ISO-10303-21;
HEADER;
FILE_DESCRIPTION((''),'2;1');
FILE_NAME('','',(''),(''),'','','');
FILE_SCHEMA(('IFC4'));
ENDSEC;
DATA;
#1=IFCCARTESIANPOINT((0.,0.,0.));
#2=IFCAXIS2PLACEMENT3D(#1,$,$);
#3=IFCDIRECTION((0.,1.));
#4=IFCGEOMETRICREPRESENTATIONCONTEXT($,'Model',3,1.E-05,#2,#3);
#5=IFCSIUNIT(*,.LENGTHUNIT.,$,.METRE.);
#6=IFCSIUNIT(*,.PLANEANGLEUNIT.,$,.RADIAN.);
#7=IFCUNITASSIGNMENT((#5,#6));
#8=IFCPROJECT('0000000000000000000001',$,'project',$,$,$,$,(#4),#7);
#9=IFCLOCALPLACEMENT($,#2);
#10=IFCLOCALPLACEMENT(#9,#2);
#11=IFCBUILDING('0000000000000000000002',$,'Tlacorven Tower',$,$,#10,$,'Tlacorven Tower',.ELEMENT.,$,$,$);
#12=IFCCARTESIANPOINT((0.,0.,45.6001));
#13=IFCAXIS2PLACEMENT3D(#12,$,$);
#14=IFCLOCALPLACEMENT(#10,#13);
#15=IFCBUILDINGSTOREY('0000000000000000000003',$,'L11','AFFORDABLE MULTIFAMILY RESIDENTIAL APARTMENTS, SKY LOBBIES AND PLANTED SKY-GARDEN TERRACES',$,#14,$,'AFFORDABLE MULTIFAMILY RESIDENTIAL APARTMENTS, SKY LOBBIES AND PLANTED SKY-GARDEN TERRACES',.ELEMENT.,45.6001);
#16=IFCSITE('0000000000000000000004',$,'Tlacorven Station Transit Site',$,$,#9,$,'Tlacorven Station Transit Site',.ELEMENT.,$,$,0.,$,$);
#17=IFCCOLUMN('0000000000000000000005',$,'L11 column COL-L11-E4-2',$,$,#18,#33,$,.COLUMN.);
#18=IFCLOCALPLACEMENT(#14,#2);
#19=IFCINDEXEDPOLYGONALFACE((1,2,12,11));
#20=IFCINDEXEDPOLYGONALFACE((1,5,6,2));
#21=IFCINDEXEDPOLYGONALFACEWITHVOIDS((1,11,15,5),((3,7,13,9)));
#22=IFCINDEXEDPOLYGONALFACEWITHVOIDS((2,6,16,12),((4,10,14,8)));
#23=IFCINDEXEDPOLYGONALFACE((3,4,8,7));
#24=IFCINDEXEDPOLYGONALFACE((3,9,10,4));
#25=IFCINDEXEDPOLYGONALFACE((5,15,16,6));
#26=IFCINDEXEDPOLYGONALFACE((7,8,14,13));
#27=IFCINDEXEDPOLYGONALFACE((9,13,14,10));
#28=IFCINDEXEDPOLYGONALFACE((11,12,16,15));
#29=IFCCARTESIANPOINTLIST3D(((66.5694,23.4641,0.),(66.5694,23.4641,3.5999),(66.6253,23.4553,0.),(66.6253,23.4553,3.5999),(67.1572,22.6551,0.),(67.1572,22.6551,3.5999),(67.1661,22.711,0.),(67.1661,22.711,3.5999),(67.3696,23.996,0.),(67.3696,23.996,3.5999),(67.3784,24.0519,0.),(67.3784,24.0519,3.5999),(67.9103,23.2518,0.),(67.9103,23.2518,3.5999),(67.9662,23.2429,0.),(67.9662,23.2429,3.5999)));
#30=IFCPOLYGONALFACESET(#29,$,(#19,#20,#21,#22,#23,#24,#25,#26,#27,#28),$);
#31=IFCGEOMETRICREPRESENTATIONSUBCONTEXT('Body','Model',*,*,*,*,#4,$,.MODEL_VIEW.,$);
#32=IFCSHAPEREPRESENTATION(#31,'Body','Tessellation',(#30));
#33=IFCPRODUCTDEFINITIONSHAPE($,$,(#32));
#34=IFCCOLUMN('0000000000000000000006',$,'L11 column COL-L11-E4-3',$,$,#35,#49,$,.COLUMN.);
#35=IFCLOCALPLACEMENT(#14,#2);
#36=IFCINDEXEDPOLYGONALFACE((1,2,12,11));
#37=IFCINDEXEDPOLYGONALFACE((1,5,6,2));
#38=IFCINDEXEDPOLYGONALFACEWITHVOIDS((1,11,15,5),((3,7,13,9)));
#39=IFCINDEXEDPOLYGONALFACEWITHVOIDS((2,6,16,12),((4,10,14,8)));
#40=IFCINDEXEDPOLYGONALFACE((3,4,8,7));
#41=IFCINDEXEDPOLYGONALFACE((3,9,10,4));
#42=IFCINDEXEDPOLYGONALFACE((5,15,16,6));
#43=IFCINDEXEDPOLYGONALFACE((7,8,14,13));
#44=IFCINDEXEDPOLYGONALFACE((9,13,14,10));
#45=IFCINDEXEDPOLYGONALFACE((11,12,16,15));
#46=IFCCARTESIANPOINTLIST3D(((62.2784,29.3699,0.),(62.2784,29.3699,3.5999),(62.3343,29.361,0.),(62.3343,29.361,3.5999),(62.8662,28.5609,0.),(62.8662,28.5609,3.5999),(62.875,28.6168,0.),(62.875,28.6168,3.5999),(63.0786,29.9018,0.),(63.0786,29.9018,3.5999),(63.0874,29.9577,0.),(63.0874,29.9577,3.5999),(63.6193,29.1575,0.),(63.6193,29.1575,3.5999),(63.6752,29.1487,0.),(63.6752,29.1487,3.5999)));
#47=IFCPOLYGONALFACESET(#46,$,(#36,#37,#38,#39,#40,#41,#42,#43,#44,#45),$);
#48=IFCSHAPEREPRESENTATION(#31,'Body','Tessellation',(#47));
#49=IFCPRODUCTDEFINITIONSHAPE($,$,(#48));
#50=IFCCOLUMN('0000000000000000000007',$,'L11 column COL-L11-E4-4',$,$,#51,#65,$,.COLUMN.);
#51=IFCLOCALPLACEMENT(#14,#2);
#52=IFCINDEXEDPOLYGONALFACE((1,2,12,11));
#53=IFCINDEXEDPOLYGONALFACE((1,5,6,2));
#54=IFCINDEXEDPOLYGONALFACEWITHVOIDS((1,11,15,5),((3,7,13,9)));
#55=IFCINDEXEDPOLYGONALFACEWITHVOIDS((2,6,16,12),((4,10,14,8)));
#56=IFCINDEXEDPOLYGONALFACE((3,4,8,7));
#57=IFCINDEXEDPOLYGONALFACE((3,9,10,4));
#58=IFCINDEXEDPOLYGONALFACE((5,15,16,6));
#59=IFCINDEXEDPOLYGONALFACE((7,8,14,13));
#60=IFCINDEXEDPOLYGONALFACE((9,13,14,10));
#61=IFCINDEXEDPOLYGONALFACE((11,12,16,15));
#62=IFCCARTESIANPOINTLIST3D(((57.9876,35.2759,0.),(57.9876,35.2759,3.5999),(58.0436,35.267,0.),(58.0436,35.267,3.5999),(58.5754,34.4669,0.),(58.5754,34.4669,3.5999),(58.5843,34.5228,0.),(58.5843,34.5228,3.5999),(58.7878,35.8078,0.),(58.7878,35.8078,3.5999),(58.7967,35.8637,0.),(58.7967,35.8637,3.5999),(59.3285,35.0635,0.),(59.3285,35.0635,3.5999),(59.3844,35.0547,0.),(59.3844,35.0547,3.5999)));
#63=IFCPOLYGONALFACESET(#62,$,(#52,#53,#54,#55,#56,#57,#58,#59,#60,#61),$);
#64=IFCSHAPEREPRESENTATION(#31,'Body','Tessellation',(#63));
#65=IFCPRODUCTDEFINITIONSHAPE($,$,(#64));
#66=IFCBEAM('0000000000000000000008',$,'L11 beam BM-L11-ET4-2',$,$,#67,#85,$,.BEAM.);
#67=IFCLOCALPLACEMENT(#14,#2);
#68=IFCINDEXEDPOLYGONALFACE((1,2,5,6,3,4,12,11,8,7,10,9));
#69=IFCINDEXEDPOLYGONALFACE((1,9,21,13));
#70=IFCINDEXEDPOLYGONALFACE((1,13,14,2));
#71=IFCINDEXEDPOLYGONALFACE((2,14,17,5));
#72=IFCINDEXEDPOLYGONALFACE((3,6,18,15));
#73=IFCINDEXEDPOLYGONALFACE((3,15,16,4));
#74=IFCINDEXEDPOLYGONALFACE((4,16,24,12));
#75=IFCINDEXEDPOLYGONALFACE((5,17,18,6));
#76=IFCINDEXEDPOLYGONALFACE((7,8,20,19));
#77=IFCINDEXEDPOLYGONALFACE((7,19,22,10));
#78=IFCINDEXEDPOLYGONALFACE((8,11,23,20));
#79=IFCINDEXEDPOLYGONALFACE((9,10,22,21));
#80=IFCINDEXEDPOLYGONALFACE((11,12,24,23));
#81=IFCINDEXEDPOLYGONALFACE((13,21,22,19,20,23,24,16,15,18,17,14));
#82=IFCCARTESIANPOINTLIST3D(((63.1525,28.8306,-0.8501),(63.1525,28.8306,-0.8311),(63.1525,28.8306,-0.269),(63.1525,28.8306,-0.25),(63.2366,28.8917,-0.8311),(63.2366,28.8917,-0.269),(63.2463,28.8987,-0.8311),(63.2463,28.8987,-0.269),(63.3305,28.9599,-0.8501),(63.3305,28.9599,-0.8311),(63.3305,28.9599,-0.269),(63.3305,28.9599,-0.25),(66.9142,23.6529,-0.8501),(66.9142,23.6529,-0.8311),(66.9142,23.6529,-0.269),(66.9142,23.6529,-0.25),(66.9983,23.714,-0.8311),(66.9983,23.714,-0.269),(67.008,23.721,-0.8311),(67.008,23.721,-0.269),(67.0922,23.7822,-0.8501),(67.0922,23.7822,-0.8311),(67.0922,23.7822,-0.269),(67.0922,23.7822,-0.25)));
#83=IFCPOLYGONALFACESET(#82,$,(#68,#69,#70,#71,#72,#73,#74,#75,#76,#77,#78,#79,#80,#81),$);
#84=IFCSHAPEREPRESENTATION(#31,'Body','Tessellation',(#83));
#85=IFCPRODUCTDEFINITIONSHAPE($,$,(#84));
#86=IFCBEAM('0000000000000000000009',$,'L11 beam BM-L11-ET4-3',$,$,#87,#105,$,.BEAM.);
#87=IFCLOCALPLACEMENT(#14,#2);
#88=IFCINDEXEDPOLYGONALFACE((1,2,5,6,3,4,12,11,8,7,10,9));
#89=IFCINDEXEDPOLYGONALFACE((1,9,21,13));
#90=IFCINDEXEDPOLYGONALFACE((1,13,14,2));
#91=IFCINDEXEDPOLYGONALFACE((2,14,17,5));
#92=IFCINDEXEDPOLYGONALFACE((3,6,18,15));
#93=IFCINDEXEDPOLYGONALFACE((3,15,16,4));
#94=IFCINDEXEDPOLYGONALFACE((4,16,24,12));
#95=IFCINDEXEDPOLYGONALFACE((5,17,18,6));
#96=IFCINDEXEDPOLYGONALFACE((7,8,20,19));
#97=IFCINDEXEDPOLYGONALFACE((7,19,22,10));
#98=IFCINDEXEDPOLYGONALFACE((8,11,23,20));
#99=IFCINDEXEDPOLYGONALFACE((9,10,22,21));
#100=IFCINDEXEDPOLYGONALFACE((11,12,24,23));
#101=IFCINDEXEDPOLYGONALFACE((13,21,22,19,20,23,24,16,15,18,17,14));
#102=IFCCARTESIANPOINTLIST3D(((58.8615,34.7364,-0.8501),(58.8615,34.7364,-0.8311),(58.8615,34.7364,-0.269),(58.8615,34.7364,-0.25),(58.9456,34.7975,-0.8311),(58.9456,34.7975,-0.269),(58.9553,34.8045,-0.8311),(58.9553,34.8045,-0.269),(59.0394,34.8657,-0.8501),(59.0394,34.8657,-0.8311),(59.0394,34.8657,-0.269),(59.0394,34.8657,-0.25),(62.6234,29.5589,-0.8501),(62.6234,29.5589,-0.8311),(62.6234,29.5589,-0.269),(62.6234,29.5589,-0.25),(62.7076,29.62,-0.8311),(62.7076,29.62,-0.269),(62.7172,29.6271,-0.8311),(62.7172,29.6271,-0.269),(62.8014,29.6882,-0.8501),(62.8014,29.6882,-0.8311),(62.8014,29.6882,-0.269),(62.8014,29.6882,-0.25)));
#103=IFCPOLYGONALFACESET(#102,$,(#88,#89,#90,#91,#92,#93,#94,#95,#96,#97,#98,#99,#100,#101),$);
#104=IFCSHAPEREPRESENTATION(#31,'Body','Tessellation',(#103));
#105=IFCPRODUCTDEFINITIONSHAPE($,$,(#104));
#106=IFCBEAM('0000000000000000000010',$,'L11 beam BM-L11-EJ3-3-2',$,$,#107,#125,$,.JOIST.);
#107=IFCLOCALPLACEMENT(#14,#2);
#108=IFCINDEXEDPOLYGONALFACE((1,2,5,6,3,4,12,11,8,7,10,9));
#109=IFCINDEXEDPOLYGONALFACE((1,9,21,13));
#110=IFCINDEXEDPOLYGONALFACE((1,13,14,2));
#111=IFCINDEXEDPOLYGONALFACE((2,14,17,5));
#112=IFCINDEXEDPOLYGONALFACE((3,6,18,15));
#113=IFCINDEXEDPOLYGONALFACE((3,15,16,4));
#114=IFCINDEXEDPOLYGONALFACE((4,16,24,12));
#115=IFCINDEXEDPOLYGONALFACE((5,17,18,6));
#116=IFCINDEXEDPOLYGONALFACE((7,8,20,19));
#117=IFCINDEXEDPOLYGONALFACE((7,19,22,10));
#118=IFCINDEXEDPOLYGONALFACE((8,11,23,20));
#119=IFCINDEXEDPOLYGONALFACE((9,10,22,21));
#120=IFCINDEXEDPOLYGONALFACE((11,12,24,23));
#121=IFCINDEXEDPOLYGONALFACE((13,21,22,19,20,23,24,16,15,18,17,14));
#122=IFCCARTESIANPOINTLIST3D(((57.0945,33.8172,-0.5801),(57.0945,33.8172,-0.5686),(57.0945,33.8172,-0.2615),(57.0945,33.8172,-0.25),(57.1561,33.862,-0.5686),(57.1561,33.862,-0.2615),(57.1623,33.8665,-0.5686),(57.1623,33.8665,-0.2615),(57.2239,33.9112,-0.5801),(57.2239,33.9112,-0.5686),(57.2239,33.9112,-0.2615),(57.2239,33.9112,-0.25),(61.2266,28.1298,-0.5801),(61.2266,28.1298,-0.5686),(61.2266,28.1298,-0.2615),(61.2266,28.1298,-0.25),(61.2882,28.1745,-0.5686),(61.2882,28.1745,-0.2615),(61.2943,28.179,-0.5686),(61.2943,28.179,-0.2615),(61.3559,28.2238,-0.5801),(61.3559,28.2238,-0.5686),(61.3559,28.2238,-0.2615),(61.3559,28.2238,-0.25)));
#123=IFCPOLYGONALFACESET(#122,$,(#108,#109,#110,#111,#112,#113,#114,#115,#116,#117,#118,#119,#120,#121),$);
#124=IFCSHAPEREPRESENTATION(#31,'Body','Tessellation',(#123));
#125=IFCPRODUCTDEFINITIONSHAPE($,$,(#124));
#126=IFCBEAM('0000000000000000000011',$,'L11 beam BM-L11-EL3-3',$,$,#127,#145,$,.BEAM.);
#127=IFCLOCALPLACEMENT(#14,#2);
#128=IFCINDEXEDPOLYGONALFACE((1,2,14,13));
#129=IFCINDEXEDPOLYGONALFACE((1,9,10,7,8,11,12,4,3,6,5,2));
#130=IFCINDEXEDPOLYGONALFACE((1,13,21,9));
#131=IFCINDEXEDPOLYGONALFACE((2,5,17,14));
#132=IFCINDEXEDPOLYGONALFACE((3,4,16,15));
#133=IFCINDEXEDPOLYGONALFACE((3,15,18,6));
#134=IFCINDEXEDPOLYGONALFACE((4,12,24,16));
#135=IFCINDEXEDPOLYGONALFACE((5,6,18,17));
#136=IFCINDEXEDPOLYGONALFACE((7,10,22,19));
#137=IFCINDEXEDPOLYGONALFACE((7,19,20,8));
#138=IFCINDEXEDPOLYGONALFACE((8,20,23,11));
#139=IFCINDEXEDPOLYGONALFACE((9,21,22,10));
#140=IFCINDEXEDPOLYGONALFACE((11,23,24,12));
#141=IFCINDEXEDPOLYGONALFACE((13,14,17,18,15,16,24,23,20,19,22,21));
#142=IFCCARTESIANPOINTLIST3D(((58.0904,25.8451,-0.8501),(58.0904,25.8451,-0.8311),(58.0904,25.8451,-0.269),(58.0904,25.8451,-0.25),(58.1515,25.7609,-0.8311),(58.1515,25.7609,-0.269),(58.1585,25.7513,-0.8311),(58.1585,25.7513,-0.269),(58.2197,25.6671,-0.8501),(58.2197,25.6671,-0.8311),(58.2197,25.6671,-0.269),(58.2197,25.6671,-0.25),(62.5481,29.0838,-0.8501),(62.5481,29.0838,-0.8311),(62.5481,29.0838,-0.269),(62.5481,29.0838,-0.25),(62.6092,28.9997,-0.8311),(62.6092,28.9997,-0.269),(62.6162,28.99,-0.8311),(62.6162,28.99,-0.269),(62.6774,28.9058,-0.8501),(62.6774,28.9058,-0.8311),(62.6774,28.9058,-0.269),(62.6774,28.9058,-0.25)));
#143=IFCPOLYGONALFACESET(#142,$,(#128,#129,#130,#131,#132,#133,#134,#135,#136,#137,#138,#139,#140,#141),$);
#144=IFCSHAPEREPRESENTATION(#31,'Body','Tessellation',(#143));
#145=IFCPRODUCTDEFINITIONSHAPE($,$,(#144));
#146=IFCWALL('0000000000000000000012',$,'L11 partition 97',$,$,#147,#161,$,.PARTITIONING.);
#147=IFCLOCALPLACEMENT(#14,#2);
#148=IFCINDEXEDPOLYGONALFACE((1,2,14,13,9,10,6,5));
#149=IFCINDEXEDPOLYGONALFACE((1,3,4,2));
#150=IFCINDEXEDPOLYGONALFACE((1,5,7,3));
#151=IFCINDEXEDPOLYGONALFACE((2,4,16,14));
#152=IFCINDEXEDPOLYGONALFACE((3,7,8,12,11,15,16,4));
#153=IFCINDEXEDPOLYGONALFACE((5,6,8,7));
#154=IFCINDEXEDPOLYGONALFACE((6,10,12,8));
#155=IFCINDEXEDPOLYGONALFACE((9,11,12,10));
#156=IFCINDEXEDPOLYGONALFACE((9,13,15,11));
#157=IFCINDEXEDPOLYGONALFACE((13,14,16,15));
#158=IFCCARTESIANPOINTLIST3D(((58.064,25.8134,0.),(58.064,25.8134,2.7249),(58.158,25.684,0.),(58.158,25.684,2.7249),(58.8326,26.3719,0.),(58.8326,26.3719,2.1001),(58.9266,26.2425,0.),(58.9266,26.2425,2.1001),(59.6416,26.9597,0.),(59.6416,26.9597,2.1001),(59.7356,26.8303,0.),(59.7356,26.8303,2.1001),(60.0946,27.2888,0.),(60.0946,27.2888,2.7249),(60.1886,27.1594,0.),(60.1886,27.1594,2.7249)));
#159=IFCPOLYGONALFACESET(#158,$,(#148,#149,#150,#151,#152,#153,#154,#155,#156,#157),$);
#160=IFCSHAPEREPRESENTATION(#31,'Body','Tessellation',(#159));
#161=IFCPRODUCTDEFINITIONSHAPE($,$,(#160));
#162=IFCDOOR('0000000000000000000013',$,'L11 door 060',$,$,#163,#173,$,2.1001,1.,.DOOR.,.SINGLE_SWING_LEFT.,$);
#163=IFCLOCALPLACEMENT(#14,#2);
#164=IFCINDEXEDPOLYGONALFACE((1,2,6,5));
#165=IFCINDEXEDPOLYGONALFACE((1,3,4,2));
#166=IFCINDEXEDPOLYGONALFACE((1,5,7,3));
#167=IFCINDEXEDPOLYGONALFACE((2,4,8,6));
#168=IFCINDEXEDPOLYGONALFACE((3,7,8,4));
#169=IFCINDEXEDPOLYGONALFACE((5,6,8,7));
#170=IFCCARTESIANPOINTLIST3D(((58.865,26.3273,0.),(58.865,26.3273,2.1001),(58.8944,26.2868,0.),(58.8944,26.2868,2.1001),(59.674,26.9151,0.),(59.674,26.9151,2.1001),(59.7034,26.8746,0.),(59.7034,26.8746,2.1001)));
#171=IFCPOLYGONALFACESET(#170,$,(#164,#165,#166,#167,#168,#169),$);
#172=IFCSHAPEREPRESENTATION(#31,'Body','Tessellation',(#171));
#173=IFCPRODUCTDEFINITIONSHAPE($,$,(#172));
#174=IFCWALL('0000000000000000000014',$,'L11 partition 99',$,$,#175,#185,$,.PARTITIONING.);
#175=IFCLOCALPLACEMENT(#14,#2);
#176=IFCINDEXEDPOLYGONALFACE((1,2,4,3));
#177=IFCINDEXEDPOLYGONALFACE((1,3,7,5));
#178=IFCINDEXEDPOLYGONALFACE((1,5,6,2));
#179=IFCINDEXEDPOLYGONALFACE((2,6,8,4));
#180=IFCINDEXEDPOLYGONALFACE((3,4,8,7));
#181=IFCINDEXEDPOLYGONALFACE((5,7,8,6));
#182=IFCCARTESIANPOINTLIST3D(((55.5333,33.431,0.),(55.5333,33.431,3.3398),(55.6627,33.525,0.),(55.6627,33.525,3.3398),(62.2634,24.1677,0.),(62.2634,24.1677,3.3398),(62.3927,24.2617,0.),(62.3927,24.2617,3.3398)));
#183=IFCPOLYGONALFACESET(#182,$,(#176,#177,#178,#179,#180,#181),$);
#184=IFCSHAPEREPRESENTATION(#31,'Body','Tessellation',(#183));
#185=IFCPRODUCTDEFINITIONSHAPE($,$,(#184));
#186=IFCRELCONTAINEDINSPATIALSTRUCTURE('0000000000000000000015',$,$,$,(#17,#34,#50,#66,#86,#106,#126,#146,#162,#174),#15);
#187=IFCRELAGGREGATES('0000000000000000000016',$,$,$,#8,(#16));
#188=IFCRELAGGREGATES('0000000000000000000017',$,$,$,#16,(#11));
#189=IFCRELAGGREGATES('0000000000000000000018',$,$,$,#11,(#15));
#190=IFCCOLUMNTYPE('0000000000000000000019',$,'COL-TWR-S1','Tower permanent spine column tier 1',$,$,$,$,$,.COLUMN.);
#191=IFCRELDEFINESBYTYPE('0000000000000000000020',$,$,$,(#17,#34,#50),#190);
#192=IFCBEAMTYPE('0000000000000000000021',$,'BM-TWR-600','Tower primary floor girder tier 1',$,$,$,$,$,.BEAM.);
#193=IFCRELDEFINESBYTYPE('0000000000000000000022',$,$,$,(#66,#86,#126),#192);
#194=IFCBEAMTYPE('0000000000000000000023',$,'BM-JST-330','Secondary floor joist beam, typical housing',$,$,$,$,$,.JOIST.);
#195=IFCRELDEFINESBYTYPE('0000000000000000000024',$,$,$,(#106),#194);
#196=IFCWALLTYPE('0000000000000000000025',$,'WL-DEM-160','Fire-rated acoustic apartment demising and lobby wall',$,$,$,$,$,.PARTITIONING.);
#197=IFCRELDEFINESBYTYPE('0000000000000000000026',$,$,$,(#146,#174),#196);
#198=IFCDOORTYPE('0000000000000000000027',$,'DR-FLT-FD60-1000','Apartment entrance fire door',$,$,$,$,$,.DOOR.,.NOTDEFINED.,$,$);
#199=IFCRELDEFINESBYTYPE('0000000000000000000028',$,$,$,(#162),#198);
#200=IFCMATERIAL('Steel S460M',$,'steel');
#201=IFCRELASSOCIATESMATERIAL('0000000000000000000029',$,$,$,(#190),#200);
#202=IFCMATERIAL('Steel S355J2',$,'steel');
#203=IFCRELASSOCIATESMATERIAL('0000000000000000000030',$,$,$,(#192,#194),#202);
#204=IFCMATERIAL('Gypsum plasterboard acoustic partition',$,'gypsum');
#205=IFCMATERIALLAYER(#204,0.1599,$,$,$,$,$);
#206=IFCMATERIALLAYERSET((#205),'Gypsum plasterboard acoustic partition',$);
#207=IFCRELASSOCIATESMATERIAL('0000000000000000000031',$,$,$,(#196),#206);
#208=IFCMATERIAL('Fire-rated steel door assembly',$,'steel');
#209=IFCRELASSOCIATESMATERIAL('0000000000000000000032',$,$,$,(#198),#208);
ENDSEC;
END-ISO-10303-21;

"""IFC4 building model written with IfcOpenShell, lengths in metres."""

from ifc_helpers import new_model, si_unit, direction, frame, frame_2d, origin, origin_2d, place, context, subcontext, project, spatial, rectangle, hollow_rectangle, i_section, extrude, source, transform, mapped, material, layer, layer_set, material_profile, profile_set, type_object, element, fill, save


model = new_model("IFC4")

# Units and contexts
model_context = context("Model", 3, precision=1e-05, world=origin(), true_north=direction((0.0, 1.0)))
body_context = subcontext(model_context, "Body", "Model", "MODEL_VIEW")
ifc_project = project(units=[si_unit("LENGTHUNIT", "METRE"), si_unit("PLANEANGLEUNIT", "RADIAN")], contexts=[model_context])

# Site, building, storey
site_placement = place(None, origin())
site = spatial("IfcSite", under=ifc_project, at=site_placement, Name="Tlacorven Station Transit Site", LongName="Tlacorven Station Transit Site", CompositionType="ELEMENT", RefElevation=0.0)
building_placement = place(site_placement, origin())
building = spatial("IfcBuilding", under=site, at=building_placement, Name="Tlacorven Tower", LongName="Tlacorven Tower", CompositionType="ELEMENT")
storey_placement = place(building_placement, frame((0.0, 0.0, 45.6001)))
storey = spatial("IfcBuildingStorey", under=building, at=storey_placement, Name="L11", Description="AFFORDABLE MULTIFAMILY RESIDENTIAL APARTMENTS, SKY LOBBIES AND PLANTED SKY-GARDEN TERRACES", LongName="AFFORDABLE MULTIFAMILY RESIDENTIAL APARTMENTS, SKY LOBBIES AND PLANTED SKY-GARDEN TERRACES", CompositionType="ELEMENT", Elevation=45.6001)

# Columns
ifc_material_1 = material(Name="Steel S460M", Category="steel")
ifc_material_profile_1 = material_profile(ifc_material_1, hollow_rectangle(XDim=1.0, YDim=1.0, WallThickness=0.04, at=origin_2d()), Name="BOX 1000X1000X40")
ifc_profile_set_1 = profile_set([ifc_material_profile_1], Name="Steel S460M")
column_type = type_object("IfcColumnType", Name="COL-TWR-S1", Description="Tower permanent spine column tier 1", PredefinedType="COLUMN", material=ifc_profile_set_1)
shared_shape_1 = source(origin(), body_context, "Body", "SweptSolid", [
    extrude(hollow_rectangle(XDim=1.0, YDim=1.0, WallThickness=0.04, at=origin_2d()), origin(), (0.0, 0.0, 1.0), 3.5999),
])
for number, where, z_axis, x_axis, name in (
    (1, (67.2678, 23.3535, 0.0), (0.0, 0.0, 1.0), (0.809017, 0.587785, 0.0), "L11 column COL-L11-E4-2"),
    (2, (62.9768, 29.2593, 0.0), (0.0, 0.0, 1.0), (0.809017, 0.587785, 0.0), "L11 column COL-L11-E4-3"),
    (3, (58.686, 35.1653, 0.0), (0.0, 0.0, 1.0), (0.809017, 0.587785, 0.0), "L11 column COL-L11-E4-4"),
):
    element("IfcColumn", number, at=place(storey_placement, frame(where, z_axis=z_axis, x_axis=x_axis)), inside=storey, type_object=column_type, Name=name, PredefinedType="COLUMN", context=body_context, shape_type="MappedRepresentation", body=[
        mapped(shared_shape_1, transform((0.0, 0.0, 0.0), scale=1.0)),
    ])

# Beams
ifc_material_2 = material(Name="Steel S355J2", Category="steel")
ifc_material_profile_2 = material_profile(ifc_material_2, i_section(OverallWidth=0.22, OverallDepth=0.6001, WebThickness=0.012, FlangeThickness=0.019, at=origin_2d()), Name="IPE 600")
ifc_profile_set_2 = profile_set([ifc_material_profile_2], Name="Steel S355J2")
beam_type_1 = type_object("IfcBeamType", Name="BM-TWR-600", Description="Tower primary floor girder tier 1", PredefinedType="BEAM", material=ifc_profile_set_2)
shared_shape_2 = source(origin(), body_context, "Body", "SweptSolid", [
    extrude(i_section(OverallWidth=0.22, OverallDepth=0.6001, WebThickness=0.012, FlangeThickness=0.019, at=origin_2d()), origin(), (0.0, 0.0, 1.0), 6.3999),
])
for number, where, z_axis, x_axis, name in (
    (4, (67.0032, 23.7175, -0.55), (-0.587772, 0.809026, 0.0), (-0.809026, -0.587772, 0.0), "L11 beam BM-L11-ET4-2"),
    (5, (62.7124, 29.6235, -0.55), (-0.587816, 0.808995, 0.0), (-0.808995, -0.587816, 0.0), "L11 beam BM-L11-ET4-3"),
):
    element("IfcBeam", number, at=place(storey_placement, frame(where, z_axis=z_axis, x_axis=x_axis)), inside=storey, type_object=beam_type_1, Name=name, PredefinedType="BEAM", context=body_context, shape_type="MappedRepresentation", body=[
        mapped(shared_shape_2, transform((0.0, 0.0, 0.0), scale=1.0)),
    ])
ifc_material_profile_3 = material_profile(ifc_material_2, i_section(OverallWidth=0.1599, OverallDepth=0.3301, WebThickness=0.0076, FlangeThickness=0.0115, at=origin_2d()), Name="IPE 330")
ifc_profile_set_3 = profile_set([ifc_material_profile_3], Name="Steel S355J2")
beam_type_2 = type_object("IfcBeamType", Name="BM-JST-330", Description="Secondary floor joist beam, typical housing", PredefinedType="JOIST", material=ifc_profile_set_3)
shared_shape_3 = source(origin(), body_context, "Body", "SweptSolid", [
    extrude(i_section(OverallWidth=0.1599, OverallDepth=0.3301, WebThickness=0.0076, FlangeThickness=0.0115, at=origin_2d()), origin(), (0.0, 0.0, 1.0), 7.03),
])
beam_1_placement = place(storey_placement, frame((61.2913, 28.1768, -0.415), z_axis=(-0.587773, 0.809026, 0.0), x_axis=(-0.809026, -0.587773, 0.0)))
element("IfcBeam", 6, at=beam_1_placement, inside=storey, type_object=beam_type_2, Name="L11 beam BM-L11-EJ3-3-2", PredefinedType="JOIST", context=body_context, shape_type="MappedRepresentation", body=[
    mapped(shared_shape_3, transform((0.0, 0.0, 0.0), scale=1.0)),
])
shared_shape_4 = source(origin(), body_context, "Body", "SweptSolid", [
    extrude(i_section(OverallWidth=0.22, OverallDepth=0.6001, WebThickness=0.012, FlangeThickness=0.019, at=origin_2d()), origin(), (0.0, 0.0, 1.0), 5.51),
])
beam_2_placement = place(storey_placement, frame((58.155, 25.7561, -0.55), z_axis=(0.809016, 0.587787, 0.0), x_axis=(-0.587787, 0.809016, 0.0)))
element("IfcBeam", 7, at=beam_2_placement, inside=storey, type_object=beam_type_1, Name="L11 beam BM-L11-EL3-3", PredefinedType="BEAM", context=body_context, shape_type="MappedRepresentation", body=[
    mapped(shared_shape_4, transform((0.0, 0.0, 0.0), scale=1.0)),
])

# Wall, opening, door
ifc_material_3 = material(Name="Gypsum plasterboard acoustic partition", Category="gypsum")
ifc_layer_1 = layer(ifc_material_3, 0.1599)
ifc_layer_set_1 = layer_set([ifc_layer_1], Name="Gypsum plasterboard acoustic partition")
wall_type_1 = type_object("IfcWallType", Name="WL-DEM-160", Description="Fire-rated acoustic apartment demising and lobby wall", PredefinedType="PARTITIONING", material=ifc_layer_set_1)
wall_1_placement = place(storey_placement, frame((58.1111, 25.7488, 0.0), z_axis=(0.0, 0.0, 1.0), x_axis=(0.809001, 0.587807, 0.0)))
wall_1 = element("IfcWall", 8, at=wall_1_placement, inside=storey, type_object=wall_type_1, Name="L11 partition 97", PredefinedType="PARTITIONING", context=body_context, shape_type="SweptSolid", body=[
    extrude(rectangle(XDim=2.51, YDim=0.1599, at=frame_2d((1.2549, 0.0))), origin(), (0.0, 0.0, 1.0), 2.7249),
])
opening_1_placement = place(wall_1_placement, frame((0.95, 0.0, 0.0)))
opening_1 = element("IfcOpeningElement", 9, at=opening_1_placement, cuts=wall_1, PredefinedType="OPENING", context=body_context, shape_type="SweptSolid", body=[
    extrude(rectangle(XDim=1.0, YDim=2.1001, at=frame_2d((0.5, 1.05))), frame((0.0, 0.0898, 0.0), z_axis=(0.0, -1.0, 0.0), x_axis=(1.0, 0.0, 0.0)), (0.0, 0.0, 1.0), 0.1799),
])
ifc_material_4 = material(Name="Fire-rated steel door assembly", Category="steel")
door_type_1 = type_object("IfcDoorType", Name="DR-FLT-FD60-1000", Description="Apartment entrance fire door", OperationType="NOTDEFINED", PredefinedType="DOOR", material=ifc_material_4)
shared_shape_5 = source(origin(), body_context, "Body", "SweptSolid", [
    extrude(rectangle(XDim=1.0, YDim=2.1001, at=frame_2d((0.5, 1.05))), frame((0.0, 0.0249, 0.0), z_axis=(0.0, -1.0, 0.0), x_axis=(1.0, 0.0, 0.0)), (0.0, 0.0, 1.0), 0.05),
])
door_1_placement = place(opening_1_placement, origin())
door_1 = element("IfcDoor", 10, at=door_1_placement, inside=storey, type_object=door_type_1, Name="L11 door 060", OperationType="SINGLE_SWING_LEFT", OverallHeight=2.1001, OverallWidth=1.0, PredefinedType="DOOR", context=body_context, shape_type="MappedRepresentation", body=[
    mapped(shared_shape_5, transform((0.0, 0.0, 0.0), scale=1.0)),
])
fill(opening_1, door_1)

# Wall
wall_2_placement = place(storey_placement, frame((62.3281, 24.2146, 0.0), z_axis=(0.0, 0.0, 1.0), x_axis=(-0.587779, 0.809022, 0.0)))
element("IfcWall", 11, at=wall_2_placement, inside=storey, type_object=wall_type_1, Name="L11 partition 99", PredefinedType="PARTITIONING", context=body_context, shape_type="SweptSolid", body=[
    extrude(rectangle(XDim=11.45, YDim=0.1599, at=frame_2d((5.7251, 0.0))), origin(), (0.0, 0.0, 1.0), 3.3398),
])

save(model, "model.ifc")
